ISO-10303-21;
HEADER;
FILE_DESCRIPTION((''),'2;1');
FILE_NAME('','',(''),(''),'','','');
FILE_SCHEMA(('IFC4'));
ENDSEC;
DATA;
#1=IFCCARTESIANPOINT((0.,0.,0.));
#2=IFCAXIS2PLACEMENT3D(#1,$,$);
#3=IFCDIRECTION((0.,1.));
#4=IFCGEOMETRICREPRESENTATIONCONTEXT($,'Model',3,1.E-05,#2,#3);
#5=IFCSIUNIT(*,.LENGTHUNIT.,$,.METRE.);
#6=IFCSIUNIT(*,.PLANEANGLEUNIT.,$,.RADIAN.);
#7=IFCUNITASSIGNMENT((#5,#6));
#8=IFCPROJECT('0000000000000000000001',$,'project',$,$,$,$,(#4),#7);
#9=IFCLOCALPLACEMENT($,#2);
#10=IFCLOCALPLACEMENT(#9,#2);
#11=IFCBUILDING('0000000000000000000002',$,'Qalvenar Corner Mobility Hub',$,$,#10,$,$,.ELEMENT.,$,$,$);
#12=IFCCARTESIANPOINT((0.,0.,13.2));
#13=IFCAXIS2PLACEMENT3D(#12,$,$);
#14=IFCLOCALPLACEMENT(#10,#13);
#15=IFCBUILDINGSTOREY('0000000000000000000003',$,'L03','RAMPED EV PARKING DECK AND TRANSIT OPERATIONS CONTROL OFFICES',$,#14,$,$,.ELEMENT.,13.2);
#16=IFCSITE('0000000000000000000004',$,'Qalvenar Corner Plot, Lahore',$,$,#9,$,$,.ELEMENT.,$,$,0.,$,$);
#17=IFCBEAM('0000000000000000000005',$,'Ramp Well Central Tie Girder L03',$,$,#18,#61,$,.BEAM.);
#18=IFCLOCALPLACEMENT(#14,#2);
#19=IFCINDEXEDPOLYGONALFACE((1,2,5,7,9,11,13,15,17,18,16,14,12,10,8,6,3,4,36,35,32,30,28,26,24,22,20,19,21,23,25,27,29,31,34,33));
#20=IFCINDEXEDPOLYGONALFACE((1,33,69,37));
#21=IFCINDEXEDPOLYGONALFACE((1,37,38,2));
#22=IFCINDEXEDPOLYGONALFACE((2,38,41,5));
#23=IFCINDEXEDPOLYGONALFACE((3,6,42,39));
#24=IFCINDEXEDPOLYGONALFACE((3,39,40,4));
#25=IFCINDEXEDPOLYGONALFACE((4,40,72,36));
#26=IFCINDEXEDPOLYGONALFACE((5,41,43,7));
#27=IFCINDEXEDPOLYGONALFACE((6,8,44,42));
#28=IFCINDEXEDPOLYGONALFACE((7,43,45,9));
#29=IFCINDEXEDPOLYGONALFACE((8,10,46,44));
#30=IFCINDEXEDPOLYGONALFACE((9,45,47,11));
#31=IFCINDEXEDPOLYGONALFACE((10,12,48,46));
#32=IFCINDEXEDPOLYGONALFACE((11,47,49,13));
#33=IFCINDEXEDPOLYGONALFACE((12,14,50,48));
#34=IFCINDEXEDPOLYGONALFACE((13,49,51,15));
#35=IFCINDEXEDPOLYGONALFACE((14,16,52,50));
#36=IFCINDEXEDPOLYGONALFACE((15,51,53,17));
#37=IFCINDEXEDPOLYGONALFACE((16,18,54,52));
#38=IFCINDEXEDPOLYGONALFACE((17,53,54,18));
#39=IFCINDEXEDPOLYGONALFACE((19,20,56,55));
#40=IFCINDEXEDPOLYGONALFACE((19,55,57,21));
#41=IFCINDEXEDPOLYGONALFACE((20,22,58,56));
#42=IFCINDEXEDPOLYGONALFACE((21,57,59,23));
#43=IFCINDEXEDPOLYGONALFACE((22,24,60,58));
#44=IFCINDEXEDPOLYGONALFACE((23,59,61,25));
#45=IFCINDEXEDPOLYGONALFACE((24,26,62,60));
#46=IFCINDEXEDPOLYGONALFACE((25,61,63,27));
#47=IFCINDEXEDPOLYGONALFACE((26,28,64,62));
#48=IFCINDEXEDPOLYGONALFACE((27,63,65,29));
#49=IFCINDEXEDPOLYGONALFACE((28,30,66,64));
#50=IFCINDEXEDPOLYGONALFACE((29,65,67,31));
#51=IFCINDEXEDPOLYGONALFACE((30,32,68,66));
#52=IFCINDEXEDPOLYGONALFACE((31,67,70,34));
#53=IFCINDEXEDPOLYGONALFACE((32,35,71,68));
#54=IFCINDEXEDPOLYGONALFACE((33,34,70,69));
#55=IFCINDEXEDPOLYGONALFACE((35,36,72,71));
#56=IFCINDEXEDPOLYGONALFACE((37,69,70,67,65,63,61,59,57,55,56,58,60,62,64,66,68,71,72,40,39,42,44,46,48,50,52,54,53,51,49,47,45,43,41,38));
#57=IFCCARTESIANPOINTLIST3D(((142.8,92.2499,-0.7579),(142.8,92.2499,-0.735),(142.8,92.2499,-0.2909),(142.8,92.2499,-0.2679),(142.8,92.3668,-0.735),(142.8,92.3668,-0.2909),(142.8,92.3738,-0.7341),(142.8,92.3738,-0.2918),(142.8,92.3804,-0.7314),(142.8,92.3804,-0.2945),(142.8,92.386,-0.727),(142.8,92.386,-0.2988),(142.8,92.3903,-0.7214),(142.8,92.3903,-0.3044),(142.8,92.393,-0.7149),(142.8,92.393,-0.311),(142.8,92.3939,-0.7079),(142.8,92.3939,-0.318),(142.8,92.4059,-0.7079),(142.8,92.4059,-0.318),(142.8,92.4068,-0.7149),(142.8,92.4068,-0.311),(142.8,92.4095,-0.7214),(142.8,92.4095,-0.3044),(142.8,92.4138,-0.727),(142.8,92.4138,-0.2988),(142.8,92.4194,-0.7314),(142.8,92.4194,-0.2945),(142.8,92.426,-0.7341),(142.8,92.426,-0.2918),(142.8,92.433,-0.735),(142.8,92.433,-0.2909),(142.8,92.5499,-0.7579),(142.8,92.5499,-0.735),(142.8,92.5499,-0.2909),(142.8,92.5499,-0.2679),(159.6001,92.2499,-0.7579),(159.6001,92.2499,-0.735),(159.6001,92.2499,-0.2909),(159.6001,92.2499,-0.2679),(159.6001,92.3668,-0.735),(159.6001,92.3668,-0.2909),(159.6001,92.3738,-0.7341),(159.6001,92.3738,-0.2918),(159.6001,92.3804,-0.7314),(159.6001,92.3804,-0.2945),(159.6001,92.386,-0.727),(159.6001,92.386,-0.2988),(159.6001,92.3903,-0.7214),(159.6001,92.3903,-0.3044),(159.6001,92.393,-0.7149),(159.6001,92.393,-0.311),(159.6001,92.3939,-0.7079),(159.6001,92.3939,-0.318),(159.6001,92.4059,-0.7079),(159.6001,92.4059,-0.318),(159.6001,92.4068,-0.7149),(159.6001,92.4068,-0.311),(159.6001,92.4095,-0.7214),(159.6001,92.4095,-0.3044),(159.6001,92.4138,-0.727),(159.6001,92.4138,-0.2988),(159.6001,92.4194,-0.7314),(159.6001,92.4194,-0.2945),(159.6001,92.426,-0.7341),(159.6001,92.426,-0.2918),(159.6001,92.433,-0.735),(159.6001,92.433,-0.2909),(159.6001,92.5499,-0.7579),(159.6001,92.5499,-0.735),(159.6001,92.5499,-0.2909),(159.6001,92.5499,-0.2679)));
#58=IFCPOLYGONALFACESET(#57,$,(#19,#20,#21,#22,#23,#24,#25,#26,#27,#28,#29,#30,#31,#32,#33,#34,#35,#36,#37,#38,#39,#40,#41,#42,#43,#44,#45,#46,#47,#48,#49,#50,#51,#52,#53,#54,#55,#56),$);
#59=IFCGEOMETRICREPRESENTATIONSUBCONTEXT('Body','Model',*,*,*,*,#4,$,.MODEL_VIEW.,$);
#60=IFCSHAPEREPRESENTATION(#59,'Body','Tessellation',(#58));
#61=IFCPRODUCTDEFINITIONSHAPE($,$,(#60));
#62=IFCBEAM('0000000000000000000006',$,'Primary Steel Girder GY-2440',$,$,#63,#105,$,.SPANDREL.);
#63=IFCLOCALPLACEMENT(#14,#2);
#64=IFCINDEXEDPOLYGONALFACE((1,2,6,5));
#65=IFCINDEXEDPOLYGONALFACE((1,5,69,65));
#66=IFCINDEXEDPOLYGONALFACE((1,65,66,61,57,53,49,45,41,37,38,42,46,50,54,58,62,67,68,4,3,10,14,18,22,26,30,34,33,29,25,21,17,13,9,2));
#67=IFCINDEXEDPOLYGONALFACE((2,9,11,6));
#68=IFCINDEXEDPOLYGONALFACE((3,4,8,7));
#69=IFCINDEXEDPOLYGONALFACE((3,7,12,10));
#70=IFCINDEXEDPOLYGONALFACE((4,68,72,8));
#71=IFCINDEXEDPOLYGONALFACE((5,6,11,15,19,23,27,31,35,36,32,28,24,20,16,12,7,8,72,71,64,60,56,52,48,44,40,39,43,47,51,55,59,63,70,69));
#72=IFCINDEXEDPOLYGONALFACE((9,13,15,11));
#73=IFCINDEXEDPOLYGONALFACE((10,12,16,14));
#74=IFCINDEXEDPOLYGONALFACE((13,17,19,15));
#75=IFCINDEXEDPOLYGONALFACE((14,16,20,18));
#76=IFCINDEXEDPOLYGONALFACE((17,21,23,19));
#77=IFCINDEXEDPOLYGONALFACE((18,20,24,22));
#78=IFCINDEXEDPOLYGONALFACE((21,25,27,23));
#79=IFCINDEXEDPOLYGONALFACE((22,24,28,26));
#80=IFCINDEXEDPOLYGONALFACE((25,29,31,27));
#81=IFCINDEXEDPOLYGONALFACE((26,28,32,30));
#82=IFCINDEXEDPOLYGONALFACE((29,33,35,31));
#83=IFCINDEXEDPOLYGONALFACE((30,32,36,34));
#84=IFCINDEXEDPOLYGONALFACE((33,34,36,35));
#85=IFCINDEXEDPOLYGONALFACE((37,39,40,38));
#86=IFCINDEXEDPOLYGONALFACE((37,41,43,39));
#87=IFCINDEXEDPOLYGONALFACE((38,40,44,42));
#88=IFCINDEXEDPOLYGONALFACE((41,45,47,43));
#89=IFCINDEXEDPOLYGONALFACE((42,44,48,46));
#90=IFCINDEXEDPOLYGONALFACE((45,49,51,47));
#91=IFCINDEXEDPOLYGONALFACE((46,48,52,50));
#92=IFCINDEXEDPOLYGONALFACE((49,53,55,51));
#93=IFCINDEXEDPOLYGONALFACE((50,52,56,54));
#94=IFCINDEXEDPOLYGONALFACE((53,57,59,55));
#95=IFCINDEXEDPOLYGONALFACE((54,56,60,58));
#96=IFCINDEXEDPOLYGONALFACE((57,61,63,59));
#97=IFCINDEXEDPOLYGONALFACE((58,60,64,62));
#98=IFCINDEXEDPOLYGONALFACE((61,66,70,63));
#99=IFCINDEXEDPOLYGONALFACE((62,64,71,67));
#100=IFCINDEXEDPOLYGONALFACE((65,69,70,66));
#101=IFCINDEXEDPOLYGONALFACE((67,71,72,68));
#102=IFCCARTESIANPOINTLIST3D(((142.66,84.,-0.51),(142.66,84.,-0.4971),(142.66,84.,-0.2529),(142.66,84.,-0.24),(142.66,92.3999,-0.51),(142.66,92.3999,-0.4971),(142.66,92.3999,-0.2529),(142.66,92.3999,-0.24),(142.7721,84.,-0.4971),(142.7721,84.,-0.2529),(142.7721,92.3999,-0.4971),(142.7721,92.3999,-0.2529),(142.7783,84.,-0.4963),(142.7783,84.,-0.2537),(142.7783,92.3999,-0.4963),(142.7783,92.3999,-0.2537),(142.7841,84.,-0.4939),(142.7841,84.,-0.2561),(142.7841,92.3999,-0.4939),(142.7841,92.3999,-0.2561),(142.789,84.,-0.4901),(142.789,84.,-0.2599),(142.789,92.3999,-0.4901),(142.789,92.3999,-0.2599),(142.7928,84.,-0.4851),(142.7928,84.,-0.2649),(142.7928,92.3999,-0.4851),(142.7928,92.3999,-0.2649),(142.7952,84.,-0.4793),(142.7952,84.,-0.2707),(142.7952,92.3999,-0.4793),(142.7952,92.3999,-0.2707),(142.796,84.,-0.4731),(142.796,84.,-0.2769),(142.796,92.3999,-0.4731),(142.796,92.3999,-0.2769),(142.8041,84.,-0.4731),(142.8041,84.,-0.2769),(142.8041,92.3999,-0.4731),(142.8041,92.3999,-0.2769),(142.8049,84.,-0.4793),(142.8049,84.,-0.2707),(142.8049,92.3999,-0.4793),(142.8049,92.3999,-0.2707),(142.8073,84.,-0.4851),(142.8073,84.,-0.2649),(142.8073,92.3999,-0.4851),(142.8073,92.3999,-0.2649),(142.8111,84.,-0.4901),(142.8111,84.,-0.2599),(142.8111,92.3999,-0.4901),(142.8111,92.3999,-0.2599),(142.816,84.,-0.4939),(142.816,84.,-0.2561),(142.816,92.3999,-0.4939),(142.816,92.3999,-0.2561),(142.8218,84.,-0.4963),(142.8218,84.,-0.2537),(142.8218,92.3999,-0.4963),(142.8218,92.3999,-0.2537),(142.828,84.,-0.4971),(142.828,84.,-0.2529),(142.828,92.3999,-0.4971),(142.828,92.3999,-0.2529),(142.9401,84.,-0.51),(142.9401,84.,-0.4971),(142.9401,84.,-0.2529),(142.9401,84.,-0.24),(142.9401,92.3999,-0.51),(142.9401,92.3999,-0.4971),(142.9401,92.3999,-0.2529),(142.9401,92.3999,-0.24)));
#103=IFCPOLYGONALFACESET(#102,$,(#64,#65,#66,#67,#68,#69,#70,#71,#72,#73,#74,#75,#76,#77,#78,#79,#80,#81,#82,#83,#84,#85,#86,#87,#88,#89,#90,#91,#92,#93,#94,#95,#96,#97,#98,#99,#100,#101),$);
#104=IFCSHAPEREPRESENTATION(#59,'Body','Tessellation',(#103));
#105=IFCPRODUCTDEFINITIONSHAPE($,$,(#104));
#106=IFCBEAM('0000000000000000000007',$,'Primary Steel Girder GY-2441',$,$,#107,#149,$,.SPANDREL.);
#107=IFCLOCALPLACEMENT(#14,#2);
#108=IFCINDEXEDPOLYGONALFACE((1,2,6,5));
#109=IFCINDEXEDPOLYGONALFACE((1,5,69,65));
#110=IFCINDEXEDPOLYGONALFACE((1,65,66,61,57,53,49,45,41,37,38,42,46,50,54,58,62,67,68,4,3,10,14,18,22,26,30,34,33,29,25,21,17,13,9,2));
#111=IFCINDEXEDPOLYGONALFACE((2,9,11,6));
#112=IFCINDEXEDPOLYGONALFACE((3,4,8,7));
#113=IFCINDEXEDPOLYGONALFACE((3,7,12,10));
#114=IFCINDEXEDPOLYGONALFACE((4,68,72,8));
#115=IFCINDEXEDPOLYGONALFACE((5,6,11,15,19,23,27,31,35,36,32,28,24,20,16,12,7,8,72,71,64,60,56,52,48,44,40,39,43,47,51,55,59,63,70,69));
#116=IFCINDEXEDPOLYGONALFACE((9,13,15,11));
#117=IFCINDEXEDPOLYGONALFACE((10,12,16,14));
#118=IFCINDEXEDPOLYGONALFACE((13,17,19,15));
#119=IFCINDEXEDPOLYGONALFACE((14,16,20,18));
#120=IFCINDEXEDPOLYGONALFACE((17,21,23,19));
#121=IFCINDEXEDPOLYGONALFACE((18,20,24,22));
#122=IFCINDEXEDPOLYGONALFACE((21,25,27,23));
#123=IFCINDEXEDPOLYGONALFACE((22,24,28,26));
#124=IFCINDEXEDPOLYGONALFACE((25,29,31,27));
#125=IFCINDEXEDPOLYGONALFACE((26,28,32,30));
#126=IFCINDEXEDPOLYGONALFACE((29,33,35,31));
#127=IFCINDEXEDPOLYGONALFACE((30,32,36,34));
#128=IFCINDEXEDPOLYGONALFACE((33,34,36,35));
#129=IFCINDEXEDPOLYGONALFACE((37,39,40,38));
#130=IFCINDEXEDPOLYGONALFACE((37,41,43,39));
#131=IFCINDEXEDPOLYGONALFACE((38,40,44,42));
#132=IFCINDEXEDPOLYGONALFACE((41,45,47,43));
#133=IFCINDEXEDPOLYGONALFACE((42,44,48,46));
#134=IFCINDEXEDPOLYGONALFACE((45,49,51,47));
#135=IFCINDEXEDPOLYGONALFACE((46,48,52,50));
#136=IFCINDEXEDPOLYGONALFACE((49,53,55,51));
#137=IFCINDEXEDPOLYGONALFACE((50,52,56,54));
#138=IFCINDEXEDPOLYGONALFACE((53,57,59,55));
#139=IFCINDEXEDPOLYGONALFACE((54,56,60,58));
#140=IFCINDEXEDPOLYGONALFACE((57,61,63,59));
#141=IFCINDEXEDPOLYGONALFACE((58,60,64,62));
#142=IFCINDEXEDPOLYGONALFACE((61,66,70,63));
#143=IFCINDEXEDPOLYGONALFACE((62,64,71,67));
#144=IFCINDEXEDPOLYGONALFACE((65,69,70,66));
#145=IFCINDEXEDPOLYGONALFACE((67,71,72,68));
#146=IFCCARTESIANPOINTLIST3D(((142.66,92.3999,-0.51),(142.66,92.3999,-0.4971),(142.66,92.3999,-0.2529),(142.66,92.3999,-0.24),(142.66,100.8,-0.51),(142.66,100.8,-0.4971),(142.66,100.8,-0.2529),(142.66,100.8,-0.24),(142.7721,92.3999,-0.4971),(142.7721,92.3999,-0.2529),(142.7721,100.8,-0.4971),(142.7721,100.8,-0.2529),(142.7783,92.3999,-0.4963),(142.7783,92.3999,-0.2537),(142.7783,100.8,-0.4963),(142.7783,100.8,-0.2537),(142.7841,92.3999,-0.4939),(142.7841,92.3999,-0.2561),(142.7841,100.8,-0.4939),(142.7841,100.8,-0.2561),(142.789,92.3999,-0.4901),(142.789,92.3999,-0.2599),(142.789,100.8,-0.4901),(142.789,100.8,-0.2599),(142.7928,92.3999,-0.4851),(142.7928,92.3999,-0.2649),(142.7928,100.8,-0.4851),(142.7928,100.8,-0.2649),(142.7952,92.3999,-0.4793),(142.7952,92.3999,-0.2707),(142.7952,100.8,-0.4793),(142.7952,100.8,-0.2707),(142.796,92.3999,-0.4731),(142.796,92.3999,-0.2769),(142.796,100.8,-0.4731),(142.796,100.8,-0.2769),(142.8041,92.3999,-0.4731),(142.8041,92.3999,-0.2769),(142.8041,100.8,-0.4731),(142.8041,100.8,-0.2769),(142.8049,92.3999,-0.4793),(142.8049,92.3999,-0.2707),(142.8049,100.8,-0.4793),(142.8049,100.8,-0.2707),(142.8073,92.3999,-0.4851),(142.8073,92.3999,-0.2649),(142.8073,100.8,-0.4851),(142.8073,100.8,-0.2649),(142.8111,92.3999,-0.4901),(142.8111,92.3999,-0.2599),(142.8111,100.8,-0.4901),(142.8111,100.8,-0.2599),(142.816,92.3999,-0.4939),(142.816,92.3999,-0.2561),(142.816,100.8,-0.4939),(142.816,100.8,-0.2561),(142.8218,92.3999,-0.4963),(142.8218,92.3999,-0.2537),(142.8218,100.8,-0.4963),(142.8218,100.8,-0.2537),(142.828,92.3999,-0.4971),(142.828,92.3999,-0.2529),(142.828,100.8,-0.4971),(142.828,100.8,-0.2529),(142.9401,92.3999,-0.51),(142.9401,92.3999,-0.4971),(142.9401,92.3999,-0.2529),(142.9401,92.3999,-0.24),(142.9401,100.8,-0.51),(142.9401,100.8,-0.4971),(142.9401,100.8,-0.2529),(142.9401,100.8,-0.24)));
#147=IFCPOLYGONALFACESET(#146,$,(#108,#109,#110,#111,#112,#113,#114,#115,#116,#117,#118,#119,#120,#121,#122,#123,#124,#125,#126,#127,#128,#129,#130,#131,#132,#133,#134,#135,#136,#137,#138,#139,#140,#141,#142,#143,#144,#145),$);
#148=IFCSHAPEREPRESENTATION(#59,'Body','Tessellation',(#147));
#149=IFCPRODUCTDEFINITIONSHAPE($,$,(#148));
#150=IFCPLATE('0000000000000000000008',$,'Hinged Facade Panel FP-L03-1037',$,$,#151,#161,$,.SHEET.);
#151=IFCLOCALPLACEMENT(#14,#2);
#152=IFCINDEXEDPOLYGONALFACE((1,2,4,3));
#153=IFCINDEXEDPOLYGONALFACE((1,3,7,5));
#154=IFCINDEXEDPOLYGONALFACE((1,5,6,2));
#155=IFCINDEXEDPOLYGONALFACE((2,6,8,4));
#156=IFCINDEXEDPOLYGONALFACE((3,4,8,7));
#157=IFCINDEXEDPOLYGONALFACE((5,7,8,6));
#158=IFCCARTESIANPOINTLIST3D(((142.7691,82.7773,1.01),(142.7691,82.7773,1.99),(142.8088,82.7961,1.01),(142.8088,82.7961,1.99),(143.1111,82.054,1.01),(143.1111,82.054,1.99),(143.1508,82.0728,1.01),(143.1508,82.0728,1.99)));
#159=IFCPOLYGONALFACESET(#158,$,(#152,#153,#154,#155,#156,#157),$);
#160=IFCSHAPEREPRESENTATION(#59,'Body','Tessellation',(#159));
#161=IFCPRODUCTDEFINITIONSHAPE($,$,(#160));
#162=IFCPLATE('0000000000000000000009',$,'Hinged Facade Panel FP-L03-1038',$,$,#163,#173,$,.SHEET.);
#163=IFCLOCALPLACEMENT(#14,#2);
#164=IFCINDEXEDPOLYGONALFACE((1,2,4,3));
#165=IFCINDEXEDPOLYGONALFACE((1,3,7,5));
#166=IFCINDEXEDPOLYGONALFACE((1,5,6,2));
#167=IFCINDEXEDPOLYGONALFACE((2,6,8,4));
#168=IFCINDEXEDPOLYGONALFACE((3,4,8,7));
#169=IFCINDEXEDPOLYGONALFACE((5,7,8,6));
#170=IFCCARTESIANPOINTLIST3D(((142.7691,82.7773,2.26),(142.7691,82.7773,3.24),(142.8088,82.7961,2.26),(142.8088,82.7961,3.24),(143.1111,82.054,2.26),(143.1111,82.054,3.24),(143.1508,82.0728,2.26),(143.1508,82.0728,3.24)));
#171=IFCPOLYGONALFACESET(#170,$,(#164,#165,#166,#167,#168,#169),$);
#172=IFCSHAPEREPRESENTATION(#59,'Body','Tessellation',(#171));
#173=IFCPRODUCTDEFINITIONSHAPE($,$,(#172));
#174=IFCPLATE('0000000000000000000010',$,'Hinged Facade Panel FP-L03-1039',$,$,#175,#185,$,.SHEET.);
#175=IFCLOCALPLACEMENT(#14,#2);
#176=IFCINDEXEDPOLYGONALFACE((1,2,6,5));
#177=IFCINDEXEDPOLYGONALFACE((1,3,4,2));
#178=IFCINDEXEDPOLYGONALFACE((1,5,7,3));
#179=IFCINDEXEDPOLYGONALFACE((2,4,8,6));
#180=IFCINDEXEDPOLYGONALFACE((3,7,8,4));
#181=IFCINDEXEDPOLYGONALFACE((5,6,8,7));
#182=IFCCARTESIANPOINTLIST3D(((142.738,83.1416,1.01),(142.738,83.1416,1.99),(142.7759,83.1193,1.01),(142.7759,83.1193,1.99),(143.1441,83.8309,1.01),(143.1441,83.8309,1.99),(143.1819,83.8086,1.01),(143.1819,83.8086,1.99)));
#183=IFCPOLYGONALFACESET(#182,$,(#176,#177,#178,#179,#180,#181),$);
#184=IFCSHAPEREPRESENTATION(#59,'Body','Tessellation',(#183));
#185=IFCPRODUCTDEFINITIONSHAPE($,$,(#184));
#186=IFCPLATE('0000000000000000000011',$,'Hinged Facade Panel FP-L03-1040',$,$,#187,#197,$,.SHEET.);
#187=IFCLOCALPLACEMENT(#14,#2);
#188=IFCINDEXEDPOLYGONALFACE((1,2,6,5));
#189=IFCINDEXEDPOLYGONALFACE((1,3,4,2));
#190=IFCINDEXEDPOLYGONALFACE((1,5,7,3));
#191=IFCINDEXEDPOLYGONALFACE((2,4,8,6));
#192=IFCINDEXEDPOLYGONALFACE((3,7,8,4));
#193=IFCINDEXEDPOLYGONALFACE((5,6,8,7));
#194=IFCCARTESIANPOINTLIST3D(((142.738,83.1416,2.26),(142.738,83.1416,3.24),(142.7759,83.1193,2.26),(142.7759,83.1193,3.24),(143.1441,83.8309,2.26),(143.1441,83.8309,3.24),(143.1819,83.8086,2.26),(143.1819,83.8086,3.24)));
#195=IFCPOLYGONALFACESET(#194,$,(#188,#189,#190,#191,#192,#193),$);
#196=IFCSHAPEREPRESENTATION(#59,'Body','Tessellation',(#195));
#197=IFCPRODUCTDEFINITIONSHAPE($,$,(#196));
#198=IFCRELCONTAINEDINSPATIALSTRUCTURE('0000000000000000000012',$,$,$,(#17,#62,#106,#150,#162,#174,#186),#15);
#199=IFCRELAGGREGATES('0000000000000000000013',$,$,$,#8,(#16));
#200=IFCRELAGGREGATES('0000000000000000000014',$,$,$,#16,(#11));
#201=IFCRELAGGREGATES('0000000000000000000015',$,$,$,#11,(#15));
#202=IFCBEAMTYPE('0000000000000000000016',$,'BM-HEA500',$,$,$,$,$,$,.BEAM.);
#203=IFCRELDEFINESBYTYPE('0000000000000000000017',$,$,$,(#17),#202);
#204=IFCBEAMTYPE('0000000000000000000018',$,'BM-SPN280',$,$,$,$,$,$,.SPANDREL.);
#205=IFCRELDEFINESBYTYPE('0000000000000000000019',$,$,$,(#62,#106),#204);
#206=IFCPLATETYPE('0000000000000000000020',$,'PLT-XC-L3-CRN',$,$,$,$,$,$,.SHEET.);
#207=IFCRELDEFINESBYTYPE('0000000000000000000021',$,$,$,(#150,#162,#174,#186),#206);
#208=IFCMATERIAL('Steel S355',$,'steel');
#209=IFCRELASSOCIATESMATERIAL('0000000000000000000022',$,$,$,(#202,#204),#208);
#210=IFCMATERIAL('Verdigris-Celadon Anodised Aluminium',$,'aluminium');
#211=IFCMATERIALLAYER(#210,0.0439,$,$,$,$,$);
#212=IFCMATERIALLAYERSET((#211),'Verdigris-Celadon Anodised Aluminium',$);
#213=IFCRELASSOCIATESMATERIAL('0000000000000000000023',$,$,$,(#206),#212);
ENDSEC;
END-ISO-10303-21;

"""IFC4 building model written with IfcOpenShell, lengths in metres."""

from ifc_helpers import new_model, si_unit, direction, frame, origin, origin_2d, place, context, subcontext, project, spatial, rectangle, i_section, extrude, material, layer, layer_set, material_profile, profile_set, type_object, element, save


model = new_model("IFC4")

# Units and contexts
model_context = context("Model", 3, precision=1e-05, world=origin(), true_north=direction((0.0, 1.0)))
body_context = subcontext(model_context, "Body", "Model", "MODEL_VIEW")
ifc_project = project(units=[si_unit("LENGTHUNIT", "METRE"), si_unit("PLANEANGLEUNIT", "RADIAN")], contexts=[model_context])

# Site, building, storey
site_placement = place(None, origin())
site = spatial("IfcSite", under=ifc_project, at=site_placement, Name="Qalvenar Corner Plot, Lahore", CompositionType="ELEMENT", RefElevation=0.0)
building_placement = place(site_placement, origin())
building = spatial("IfcBuilding", under=site, at=building_placement, Name="Qalvenar Corner Mobility Hub", CompositionType="ELEMENT")
storey_placement = place(building_placement, frame((0.0, 0.0, 13.2)))
storey = spatial("IfcBuildingStorey", under=building, at=storey_placement, Name="L03", Description="RAMPED EV PARKING DECK AND TRANSIT OPERATIONS CONTROL OFFICES", CompositionType="ELEMENT", Elevation=13.2)

# Beams
ifc_material_1 = material(Name="Steel S355", Category="steel")
ifc_material_profile_1 = material_profile(ifc_material_1, i_section(OverallWidth=0.3, OverallDepth=0.49, WebThickness=0.012, FlangeThickness=0.0229, FilletRadius=0.0271, at=origin_2d()), Name="HEA500")
ifc_profile_set_1 = profile_set([ifc_material_profile_1], Name="Steel S355")
beam_type_1 = type_object("IfcBeamType", Name="BM-HEA500", PredefinedType="BEAM", material=ifc_profile_set_1)
beam_1_placement = place(storey_placement, frame((142.8, 92.3999, -0.5129), z_axis=(1.0, 0.0, 0.0), x_axis=(0.0, 1.0, 0.0)))
element("IfcBeam", 1, at=beam_1_placement, inside=storey, type_object=beam_type_1, Name="Ramp Well Central Tie Girder L03", PredefinedType="BEAM", context=body_context, shape_type="SweptSolid", body=[
    extrude(i_section(OverallWidth=0.3, OverallDepth=0.49, WebThickness=0.012, FlangeThickness=0.0229, FilletRadius=0.0271, at=origin_2d()), origin(), (0.0, 0.0, 1.0), 16.8),
])
ifc_material_profile_2 = material_profile(ifc_material_1, i_section(OverallWidth=0.28, OverallDepth=0.27, WebThickness=0.0081, FlangeThickness=0.0129, FilletRadius=0.0239, at=origin_2d()), Name="HEA280")
ifc_profile_set_2 = profile_set([ifc_material_profile_2], Name="Steel S355")
beam_type_2 = type_object("IfcBeamType", Name="BM-SPN280", PredefinedType="SPANDREL", material=ifc_profile_set_2)
beam_2_placement = place(storey_placement, frame((142.8, 84.0, -0.375), z_axis=(0.0, 1.0, 0.0), x_axis=(-1.0, 0.0, 0.0)))
element("IfcBeam", 2, at=beam_2_placement, inside=storey, type_object=beam_type_2, Name="Primary Steel Girder GY-2440", PredefinedType="SPANDREL", context=body_context, shape_type="SweptSolid", body=[
    extrude(i_section(OverallWidth=0.28, OverallDepth=0.27, WebThickness=0.0081, FlangeThickness=0.0129, FilletRadius=0.0239, at=origin_2d()), origin(), (0.0, 0.0, 1.0), 8.3999),
])
beam_3_placement = place(storey_placement, frame((142.8, 92.3999, -0.375), z_axis=(0.0, 1.0, 0.0), x_axis=(-1.0, 0.0, 0.0)))
element("IfcBeam", 3, at=beam_3_placement, inside=storey, type_object=beam_type_2, Name="Primary Steel Girder GY-2441", PredefinedType="SPANDREL", context=body_context, shape_type="SweptSolid", body=[
    extrude(i_section(OverallWidth=0.28, OverallDepth=0.27, WebThickness=0.0081, FlangeThickness=0.0129, FilletRadius=0.0239, at=origin_2d()), origin(), (0.0, 0.0, 1.0), 8.4001),
])

# Plates
ifc_material_2 = material(Name="Verdigris-Celadon Anodised Aluminium", Category="aluminium")
ifc_layer_1 = layer(ifc_material_2, 0.0439)
ifc_layer_set_1 = layer_set([ifc_layer_1], Name="Verdigris-Celadon Anodised Aluminium")
plate_type_1 = type_object("IfcPlateType", Name="PLT-XC-L3-CRN", PredefinedType="SHEET", material=ifc_layer_set_1)
for number, where, z_axis, x_axis, name in (
    (4, (142.96, 82.425, 1.01), (0.0, 0.0, 1.0), (-0.427516, 0.904008, 0.0), "Hinged Facade Panel FP-L03-1037"),
    (5, (142.96, 82.425, 2.26), (0.0, 0.0, 1.0), (-0.427516, 0.904008, 0.0), "Hinged Facade Panel FP-L03-1038"),
    (6, (142.96, 83.4751, 1.01), (0.0, 0.0, 1.0), (0.507538, 0.861629, 0.0), "Hinged Facade Panel FP-L03-1039"),
    (7, (142.96, 83.4751, 2.26), (0.0, 0.0, 1.0), (0.507538, 0.861629, 0.0), "Hinged Facade Panel FP-L03-1040"),
):
    element("IfcPlate", number, at=place(storey_placement, frame(where, z_axis=z_axis, x_axis=x_axis)), inside=storey, type_object=plate_type_1, Name=name, PredefinedType="SHEET", context=body_context, shape_type="SweptSolid", body=[
        extrude(rectangle(XDim=0.8, YDim=0.0439, at=origin_2d()), origin(), (0.0, 0.0, 1.0), 0.98),
    ])

save(model, "model.ifc")
